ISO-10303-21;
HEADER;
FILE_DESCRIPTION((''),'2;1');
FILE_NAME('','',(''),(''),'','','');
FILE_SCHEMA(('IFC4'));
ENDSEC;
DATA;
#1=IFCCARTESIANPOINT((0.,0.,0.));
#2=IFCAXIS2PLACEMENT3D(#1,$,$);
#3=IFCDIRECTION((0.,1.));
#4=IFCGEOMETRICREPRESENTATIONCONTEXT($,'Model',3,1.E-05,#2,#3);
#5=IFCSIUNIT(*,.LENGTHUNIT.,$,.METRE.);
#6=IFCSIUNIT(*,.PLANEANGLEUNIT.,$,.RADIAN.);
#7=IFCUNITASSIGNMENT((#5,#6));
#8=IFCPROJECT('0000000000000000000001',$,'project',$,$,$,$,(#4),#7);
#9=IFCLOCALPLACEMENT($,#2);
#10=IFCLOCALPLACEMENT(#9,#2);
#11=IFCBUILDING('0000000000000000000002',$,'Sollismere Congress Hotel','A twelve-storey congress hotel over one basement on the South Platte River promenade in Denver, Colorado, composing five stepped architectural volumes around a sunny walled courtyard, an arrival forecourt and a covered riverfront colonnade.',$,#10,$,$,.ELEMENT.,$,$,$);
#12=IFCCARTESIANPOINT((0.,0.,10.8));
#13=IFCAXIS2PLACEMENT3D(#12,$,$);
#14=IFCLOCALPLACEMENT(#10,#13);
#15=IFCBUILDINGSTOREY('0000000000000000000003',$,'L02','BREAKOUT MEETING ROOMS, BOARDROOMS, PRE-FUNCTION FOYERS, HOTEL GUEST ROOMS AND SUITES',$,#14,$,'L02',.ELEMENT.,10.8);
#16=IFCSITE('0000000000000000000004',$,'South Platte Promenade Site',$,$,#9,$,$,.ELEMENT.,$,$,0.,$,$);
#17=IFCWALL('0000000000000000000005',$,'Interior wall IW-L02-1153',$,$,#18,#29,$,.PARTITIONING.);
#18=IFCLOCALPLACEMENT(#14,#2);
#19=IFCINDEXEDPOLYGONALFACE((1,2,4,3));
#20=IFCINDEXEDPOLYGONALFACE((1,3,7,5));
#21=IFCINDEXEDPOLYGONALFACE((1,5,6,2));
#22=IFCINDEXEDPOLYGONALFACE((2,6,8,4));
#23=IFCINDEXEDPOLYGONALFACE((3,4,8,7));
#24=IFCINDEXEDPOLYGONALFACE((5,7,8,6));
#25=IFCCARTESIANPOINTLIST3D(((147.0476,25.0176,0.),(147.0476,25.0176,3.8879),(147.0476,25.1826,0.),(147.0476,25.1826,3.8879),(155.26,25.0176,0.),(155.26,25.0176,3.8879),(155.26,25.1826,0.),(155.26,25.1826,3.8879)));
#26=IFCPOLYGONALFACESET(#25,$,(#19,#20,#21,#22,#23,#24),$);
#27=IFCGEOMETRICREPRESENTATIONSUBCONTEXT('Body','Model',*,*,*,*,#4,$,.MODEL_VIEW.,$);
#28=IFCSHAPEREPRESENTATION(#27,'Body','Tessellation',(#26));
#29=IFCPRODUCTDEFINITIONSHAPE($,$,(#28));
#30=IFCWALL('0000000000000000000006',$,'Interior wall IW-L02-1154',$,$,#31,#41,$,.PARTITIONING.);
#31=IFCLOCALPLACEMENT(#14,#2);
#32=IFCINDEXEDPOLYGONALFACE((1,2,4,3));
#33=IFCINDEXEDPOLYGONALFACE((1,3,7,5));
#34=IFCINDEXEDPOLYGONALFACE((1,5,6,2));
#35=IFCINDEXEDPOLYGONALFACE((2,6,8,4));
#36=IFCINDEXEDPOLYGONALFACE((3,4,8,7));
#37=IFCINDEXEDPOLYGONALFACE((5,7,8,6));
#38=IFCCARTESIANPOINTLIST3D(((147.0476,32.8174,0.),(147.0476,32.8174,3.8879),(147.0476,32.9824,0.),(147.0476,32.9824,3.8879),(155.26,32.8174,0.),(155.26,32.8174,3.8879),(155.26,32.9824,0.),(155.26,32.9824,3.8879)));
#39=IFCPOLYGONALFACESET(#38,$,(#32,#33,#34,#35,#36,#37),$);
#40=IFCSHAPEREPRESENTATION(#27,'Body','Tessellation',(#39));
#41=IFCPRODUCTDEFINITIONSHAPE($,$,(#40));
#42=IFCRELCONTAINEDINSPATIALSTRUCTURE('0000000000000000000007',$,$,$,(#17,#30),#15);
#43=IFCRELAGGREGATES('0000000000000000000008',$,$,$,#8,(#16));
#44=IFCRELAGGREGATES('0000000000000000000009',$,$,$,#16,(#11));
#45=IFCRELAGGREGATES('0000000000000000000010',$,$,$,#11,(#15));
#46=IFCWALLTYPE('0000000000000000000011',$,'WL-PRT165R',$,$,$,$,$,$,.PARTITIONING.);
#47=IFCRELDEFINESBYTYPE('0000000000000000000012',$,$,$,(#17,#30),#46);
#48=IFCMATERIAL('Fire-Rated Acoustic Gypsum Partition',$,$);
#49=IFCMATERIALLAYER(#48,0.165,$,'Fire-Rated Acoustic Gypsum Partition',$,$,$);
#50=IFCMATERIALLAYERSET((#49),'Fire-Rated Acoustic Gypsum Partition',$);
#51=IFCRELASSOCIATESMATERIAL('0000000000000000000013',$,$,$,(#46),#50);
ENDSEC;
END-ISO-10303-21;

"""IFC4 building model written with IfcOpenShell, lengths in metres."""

from ifc_helpers import new_model, si_unit, direction, frame, frame_2d, origin, place, context, subcontext, project, spatial, rectangle, extrude, material, layer, layer_set, type_object, element, save


model = new_model("IFC4")

# Units and contexts
model_context = context("Model", 3, precision=1e-05, world=origin(), true_north=direction((0.0, 1.0)))
body_context = subcontext(model_context, "Body", "Model", "MODEL_VIEW")
ifc_project = project(units=[si_unit("LENGTHUNIT", "METRE"), si_unit("PLANEANGLEUNIT", "RADIAN")], contexts=[model_context])

# Site, building, storey
site_placement = place(None, origin())
site = spatial("IfcSite", under=ifc_project, at=site_placement, Name="South Platte Promenade Site", CompositionType="ELEMENT", RefElevation=0.0)
building_placement = place(site_placement, origin())
building = spatial("IfcBuilding", under=site, at=building_placement, Name="Sollismere Congress Hotel", Description="A twelve-storey congress hotel over one basement on the South Platte River promenade in Denver, Colorado, composing five stepped architectural volumes around a sunny walled courtyard, an arrival forecourt and a covered riverfront colonnade.", CompositionType="ELEMENT")
storey_placement = place(building_placement, frame((0.0, 0.0, 10.8)))
storey = spatial("IfcBuildingStorey", under=building, at=storey_placement, Name="L02", Description="BREAKOUT MEETING ROOMS, BOARDROOMS, PRE-FUNCTION FOYERS, HOTEL GUEST ROOMS AND SUITES", LongName="L02", CompositionType="ELEMENT", Elevation=10.8)

# Walls
ifc_material_1 = material(Name="Fire-Rated Acoustic Gypsum Partition")
ifc_layer_1 = layer(ifc_material_1, 0.165, Name="Fire-Rated Acoustic Gypsum Partition")
ifc_layer_set_1 = layer_set([ifc_layer_1], Name="Fire-Rated Acoustic Gypsum Partition")
wall_type_1 = type_object("IfcWallType", Name="WL-PRT165R", PredefinedType="PARTITIONING", material=ifc_layer_set_1)
for number, where, z_axis, x_axis, name in (
    (1, (147.0476, 25.1001, 0.0), (0.0, 0.0, 1.0), (1.0, 0.0, 0.0), "Interior wall IW-L02-1153"),
    (2, (147.0476, 32.8999, 0.0), (0.0, 0.0, 1.0), (1.0, 0.0, 0.0), "Interior wall IW-L02-1154"),
):
    element("IfcWall", number, at=place(storey_placement, frame(where, z_axis=z_axis, x_axis=x_axis)), inside=storey, type_object=wall_type_1, Name=name, PredefinedType="PARTITIONING", context=body_context, shape_type="SweptSolid", body=[
        extrude(rectangle(XDim=8.2124, YDim=0.165, at=frame_2d((4.1062, 0.0))), origin(), (0.0, 0.0, 1.0), 3.8879),
    ])

save(model, "model.ifc")
